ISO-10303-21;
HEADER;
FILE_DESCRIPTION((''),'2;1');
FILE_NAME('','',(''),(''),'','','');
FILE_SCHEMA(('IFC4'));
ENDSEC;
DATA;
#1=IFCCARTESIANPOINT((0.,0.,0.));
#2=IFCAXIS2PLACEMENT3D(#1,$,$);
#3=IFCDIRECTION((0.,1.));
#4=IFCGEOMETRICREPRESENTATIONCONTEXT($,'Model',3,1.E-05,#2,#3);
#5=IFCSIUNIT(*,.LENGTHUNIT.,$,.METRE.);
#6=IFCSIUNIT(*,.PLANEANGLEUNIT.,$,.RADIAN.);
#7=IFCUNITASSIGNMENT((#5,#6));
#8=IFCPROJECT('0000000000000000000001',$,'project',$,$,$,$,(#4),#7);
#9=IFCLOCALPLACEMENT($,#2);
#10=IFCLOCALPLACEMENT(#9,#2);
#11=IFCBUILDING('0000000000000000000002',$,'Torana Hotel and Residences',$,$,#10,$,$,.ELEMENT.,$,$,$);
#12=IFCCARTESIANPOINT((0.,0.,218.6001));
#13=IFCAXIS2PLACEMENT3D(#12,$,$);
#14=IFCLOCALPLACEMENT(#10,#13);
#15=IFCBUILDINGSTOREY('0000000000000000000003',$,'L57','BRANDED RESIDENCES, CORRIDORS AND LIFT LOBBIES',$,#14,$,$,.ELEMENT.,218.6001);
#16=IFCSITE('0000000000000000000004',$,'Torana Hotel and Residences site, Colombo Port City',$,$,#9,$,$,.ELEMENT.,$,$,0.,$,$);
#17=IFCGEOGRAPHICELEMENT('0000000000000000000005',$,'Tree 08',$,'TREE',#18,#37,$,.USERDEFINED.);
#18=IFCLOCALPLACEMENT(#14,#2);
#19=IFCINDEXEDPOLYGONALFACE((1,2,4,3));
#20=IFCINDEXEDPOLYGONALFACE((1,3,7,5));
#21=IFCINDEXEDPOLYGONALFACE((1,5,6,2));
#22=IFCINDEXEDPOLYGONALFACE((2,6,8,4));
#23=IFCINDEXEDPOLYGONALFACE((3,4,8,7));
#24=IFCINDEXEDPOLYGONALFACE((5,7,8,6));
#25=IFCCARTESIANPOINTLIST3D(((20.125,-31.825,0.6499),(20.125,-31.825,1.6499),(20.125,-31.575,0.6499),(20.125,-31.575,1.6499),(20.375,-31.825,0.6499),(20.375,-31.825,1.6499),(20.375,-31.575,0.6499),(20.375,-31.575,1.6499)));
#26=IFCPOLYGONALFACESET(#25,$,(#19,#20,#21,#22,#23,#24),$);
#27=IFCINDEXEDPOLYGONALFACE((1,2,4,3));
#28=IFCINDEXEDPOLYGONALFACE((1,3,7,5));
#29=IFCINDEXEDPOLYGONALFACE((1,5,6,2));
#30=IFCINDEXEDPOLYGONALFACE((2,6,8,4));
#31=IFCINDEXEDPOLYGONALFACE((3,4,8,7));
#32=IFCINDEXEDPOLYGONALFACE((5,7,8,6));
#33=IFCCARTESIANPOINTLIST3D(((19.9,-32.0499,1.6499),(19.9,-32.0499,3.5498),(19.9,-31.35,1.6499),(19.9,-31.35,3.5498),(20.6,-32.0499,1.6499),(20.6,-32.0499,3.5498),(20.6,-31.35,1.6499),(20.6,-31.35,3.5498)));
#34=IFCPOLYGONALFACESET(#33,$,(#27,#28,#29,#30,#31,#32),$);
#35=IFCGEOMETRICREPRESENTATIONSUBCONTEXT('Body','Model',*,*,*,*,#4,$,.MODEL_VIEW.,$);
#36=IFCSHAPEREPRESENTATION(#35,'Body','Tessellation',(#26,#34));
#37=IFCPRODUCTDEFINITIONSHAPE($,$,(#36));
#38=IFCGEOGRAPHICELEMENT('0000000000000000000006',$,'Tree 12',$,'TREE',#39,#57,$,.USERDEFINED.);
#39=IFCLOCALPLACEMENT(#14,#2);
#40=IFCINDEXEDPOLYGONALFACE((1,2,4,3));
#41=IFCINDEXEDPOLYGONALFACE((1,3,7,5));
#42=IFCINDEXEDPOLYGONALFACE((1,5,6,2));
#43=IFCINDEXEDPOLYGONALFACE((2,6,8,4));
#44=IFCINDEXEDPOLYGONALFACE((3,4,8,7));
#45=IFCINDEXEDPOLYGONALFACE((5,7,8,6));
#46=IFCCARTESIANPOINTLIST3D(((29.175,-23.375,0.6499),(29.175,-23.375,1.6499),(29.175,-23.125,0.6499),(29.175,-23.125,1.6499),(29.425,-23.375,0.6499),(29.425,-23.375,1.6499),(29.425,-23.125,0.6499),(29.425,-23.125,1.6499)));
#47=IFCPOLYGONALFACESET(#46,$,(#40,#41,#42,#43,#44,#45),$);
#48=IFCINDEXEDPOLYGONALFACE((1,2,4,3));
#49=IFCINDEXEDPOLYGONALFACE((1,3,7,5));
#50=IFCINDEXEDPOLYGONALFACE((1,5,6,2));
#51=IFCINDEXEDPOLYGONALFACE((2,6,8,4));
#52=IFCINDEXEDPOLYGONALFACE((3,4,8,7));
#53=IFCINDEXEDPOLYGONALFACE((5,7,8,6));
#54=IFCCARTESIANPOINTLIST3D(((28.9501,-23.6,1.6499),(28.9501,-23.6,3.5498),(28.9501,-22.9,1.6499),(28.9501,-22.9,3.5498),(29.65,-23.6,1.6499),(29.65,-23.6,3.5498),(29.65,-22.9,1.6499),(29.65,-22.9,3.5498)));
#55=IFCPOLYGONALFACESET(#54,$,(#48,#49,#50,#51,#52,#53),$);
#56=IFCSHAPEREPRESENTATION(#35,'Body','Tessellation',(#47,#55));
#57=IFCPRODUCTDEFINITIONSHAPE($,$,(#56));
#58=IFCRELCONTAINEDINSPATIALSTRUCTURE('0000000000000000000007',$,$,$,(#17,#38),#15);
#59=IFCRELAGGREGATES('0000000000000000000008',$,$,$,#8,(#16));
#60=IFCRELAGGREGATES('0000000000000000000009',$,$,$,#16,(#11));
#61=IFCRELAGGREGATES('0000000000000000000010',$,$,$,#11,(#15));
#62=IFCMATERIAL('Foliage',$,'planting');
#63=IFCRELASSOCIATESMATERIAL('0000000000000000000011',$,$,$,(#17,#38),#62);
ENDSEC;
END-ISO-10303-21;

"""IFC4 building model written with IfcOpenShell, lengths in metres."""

from ifc_helpers import new_model, si_unit, direction, frame, origin, origin_2d, place, context, subcontext, project, spatial, rectangle, extrude, material, element, save


model = new_model("IFC4")

# Units and contexts
model_context = context("Model", 3, precision=1e-05, world=origin(), true_north=direction((0.0, 1.0)))
body_context = subcontext(model_context, "Body", "Model", "MODEL_VIEW")
ifc_project = project(units=[si_unit("LENGTHUNIT", "METRE"), si_unit("PLANEANGLEUNIT", "RADIAN")], contexts=[model_context])

# Site, building, storey
site_placement = place(None, origin())
site = spatial("IfcSite", under=ifc_project, at=site_placement, Name="Torana Hotel and Residences site, Colombo Port City", CompositionType="ELEMENT", RefElevation=0.0)
building_placement = place(site_placement, origin())
building = spatial("IfcBuilding", under=site, at=building_placement, Name="Torana Hotel and Residences", CompositionType="ELEMENT")
storey_placement = place(building_placement, frame((0.0, 0.0, 218.6001)))
storey = spatial("IfcBuildingStorey", under=building, at=storey_placement, Name="L57", Description="BRANDED RESIDENCES, CORRIDORS AND LIFT LOBBIES", CompositionType="ELEMENT", Elevation=218.6001)

# Geographic elements
ifc_material_1 = material(Name="Foliage", Category="planting")
for number, where, z_axis, x_axis, name in (
    (1, (20.25, -31.7, 0.6499), (0.0, 0.0, 1.0), (1.0, 0.0, 0.0), "Tree 08"),
    (2, (29.3, -23.25, 0.6499), (0.0, 0.0, 1.0), (1.0, 0.0, 0.0), "Tree 12"),
):
    element("IfcGeographicElement", number, at=place(storey_placement, frame(where, z_axis=z_axis, x_axis=x_axis)), inside=storey, material=ifc_material_1, Name=name, ObjectType="TREE", PredefinedType="USERDEFINED", context=body_context, shape_type="SweptSolid", body=[
        extrude(rectangle(XDim=0.25, YDim=0.25, at=origin_2d()), origin(), (0.0, 0.0, 1.0), 1.0),
        extrude(rectangle(XDim=0.7, YDim=0.7, at=origin_2d()), frame((0.0, 0.0, 1.0)), (0.0, 0.0, 1.0), 1.8999),
    ])

save(model, "model.ifc")
